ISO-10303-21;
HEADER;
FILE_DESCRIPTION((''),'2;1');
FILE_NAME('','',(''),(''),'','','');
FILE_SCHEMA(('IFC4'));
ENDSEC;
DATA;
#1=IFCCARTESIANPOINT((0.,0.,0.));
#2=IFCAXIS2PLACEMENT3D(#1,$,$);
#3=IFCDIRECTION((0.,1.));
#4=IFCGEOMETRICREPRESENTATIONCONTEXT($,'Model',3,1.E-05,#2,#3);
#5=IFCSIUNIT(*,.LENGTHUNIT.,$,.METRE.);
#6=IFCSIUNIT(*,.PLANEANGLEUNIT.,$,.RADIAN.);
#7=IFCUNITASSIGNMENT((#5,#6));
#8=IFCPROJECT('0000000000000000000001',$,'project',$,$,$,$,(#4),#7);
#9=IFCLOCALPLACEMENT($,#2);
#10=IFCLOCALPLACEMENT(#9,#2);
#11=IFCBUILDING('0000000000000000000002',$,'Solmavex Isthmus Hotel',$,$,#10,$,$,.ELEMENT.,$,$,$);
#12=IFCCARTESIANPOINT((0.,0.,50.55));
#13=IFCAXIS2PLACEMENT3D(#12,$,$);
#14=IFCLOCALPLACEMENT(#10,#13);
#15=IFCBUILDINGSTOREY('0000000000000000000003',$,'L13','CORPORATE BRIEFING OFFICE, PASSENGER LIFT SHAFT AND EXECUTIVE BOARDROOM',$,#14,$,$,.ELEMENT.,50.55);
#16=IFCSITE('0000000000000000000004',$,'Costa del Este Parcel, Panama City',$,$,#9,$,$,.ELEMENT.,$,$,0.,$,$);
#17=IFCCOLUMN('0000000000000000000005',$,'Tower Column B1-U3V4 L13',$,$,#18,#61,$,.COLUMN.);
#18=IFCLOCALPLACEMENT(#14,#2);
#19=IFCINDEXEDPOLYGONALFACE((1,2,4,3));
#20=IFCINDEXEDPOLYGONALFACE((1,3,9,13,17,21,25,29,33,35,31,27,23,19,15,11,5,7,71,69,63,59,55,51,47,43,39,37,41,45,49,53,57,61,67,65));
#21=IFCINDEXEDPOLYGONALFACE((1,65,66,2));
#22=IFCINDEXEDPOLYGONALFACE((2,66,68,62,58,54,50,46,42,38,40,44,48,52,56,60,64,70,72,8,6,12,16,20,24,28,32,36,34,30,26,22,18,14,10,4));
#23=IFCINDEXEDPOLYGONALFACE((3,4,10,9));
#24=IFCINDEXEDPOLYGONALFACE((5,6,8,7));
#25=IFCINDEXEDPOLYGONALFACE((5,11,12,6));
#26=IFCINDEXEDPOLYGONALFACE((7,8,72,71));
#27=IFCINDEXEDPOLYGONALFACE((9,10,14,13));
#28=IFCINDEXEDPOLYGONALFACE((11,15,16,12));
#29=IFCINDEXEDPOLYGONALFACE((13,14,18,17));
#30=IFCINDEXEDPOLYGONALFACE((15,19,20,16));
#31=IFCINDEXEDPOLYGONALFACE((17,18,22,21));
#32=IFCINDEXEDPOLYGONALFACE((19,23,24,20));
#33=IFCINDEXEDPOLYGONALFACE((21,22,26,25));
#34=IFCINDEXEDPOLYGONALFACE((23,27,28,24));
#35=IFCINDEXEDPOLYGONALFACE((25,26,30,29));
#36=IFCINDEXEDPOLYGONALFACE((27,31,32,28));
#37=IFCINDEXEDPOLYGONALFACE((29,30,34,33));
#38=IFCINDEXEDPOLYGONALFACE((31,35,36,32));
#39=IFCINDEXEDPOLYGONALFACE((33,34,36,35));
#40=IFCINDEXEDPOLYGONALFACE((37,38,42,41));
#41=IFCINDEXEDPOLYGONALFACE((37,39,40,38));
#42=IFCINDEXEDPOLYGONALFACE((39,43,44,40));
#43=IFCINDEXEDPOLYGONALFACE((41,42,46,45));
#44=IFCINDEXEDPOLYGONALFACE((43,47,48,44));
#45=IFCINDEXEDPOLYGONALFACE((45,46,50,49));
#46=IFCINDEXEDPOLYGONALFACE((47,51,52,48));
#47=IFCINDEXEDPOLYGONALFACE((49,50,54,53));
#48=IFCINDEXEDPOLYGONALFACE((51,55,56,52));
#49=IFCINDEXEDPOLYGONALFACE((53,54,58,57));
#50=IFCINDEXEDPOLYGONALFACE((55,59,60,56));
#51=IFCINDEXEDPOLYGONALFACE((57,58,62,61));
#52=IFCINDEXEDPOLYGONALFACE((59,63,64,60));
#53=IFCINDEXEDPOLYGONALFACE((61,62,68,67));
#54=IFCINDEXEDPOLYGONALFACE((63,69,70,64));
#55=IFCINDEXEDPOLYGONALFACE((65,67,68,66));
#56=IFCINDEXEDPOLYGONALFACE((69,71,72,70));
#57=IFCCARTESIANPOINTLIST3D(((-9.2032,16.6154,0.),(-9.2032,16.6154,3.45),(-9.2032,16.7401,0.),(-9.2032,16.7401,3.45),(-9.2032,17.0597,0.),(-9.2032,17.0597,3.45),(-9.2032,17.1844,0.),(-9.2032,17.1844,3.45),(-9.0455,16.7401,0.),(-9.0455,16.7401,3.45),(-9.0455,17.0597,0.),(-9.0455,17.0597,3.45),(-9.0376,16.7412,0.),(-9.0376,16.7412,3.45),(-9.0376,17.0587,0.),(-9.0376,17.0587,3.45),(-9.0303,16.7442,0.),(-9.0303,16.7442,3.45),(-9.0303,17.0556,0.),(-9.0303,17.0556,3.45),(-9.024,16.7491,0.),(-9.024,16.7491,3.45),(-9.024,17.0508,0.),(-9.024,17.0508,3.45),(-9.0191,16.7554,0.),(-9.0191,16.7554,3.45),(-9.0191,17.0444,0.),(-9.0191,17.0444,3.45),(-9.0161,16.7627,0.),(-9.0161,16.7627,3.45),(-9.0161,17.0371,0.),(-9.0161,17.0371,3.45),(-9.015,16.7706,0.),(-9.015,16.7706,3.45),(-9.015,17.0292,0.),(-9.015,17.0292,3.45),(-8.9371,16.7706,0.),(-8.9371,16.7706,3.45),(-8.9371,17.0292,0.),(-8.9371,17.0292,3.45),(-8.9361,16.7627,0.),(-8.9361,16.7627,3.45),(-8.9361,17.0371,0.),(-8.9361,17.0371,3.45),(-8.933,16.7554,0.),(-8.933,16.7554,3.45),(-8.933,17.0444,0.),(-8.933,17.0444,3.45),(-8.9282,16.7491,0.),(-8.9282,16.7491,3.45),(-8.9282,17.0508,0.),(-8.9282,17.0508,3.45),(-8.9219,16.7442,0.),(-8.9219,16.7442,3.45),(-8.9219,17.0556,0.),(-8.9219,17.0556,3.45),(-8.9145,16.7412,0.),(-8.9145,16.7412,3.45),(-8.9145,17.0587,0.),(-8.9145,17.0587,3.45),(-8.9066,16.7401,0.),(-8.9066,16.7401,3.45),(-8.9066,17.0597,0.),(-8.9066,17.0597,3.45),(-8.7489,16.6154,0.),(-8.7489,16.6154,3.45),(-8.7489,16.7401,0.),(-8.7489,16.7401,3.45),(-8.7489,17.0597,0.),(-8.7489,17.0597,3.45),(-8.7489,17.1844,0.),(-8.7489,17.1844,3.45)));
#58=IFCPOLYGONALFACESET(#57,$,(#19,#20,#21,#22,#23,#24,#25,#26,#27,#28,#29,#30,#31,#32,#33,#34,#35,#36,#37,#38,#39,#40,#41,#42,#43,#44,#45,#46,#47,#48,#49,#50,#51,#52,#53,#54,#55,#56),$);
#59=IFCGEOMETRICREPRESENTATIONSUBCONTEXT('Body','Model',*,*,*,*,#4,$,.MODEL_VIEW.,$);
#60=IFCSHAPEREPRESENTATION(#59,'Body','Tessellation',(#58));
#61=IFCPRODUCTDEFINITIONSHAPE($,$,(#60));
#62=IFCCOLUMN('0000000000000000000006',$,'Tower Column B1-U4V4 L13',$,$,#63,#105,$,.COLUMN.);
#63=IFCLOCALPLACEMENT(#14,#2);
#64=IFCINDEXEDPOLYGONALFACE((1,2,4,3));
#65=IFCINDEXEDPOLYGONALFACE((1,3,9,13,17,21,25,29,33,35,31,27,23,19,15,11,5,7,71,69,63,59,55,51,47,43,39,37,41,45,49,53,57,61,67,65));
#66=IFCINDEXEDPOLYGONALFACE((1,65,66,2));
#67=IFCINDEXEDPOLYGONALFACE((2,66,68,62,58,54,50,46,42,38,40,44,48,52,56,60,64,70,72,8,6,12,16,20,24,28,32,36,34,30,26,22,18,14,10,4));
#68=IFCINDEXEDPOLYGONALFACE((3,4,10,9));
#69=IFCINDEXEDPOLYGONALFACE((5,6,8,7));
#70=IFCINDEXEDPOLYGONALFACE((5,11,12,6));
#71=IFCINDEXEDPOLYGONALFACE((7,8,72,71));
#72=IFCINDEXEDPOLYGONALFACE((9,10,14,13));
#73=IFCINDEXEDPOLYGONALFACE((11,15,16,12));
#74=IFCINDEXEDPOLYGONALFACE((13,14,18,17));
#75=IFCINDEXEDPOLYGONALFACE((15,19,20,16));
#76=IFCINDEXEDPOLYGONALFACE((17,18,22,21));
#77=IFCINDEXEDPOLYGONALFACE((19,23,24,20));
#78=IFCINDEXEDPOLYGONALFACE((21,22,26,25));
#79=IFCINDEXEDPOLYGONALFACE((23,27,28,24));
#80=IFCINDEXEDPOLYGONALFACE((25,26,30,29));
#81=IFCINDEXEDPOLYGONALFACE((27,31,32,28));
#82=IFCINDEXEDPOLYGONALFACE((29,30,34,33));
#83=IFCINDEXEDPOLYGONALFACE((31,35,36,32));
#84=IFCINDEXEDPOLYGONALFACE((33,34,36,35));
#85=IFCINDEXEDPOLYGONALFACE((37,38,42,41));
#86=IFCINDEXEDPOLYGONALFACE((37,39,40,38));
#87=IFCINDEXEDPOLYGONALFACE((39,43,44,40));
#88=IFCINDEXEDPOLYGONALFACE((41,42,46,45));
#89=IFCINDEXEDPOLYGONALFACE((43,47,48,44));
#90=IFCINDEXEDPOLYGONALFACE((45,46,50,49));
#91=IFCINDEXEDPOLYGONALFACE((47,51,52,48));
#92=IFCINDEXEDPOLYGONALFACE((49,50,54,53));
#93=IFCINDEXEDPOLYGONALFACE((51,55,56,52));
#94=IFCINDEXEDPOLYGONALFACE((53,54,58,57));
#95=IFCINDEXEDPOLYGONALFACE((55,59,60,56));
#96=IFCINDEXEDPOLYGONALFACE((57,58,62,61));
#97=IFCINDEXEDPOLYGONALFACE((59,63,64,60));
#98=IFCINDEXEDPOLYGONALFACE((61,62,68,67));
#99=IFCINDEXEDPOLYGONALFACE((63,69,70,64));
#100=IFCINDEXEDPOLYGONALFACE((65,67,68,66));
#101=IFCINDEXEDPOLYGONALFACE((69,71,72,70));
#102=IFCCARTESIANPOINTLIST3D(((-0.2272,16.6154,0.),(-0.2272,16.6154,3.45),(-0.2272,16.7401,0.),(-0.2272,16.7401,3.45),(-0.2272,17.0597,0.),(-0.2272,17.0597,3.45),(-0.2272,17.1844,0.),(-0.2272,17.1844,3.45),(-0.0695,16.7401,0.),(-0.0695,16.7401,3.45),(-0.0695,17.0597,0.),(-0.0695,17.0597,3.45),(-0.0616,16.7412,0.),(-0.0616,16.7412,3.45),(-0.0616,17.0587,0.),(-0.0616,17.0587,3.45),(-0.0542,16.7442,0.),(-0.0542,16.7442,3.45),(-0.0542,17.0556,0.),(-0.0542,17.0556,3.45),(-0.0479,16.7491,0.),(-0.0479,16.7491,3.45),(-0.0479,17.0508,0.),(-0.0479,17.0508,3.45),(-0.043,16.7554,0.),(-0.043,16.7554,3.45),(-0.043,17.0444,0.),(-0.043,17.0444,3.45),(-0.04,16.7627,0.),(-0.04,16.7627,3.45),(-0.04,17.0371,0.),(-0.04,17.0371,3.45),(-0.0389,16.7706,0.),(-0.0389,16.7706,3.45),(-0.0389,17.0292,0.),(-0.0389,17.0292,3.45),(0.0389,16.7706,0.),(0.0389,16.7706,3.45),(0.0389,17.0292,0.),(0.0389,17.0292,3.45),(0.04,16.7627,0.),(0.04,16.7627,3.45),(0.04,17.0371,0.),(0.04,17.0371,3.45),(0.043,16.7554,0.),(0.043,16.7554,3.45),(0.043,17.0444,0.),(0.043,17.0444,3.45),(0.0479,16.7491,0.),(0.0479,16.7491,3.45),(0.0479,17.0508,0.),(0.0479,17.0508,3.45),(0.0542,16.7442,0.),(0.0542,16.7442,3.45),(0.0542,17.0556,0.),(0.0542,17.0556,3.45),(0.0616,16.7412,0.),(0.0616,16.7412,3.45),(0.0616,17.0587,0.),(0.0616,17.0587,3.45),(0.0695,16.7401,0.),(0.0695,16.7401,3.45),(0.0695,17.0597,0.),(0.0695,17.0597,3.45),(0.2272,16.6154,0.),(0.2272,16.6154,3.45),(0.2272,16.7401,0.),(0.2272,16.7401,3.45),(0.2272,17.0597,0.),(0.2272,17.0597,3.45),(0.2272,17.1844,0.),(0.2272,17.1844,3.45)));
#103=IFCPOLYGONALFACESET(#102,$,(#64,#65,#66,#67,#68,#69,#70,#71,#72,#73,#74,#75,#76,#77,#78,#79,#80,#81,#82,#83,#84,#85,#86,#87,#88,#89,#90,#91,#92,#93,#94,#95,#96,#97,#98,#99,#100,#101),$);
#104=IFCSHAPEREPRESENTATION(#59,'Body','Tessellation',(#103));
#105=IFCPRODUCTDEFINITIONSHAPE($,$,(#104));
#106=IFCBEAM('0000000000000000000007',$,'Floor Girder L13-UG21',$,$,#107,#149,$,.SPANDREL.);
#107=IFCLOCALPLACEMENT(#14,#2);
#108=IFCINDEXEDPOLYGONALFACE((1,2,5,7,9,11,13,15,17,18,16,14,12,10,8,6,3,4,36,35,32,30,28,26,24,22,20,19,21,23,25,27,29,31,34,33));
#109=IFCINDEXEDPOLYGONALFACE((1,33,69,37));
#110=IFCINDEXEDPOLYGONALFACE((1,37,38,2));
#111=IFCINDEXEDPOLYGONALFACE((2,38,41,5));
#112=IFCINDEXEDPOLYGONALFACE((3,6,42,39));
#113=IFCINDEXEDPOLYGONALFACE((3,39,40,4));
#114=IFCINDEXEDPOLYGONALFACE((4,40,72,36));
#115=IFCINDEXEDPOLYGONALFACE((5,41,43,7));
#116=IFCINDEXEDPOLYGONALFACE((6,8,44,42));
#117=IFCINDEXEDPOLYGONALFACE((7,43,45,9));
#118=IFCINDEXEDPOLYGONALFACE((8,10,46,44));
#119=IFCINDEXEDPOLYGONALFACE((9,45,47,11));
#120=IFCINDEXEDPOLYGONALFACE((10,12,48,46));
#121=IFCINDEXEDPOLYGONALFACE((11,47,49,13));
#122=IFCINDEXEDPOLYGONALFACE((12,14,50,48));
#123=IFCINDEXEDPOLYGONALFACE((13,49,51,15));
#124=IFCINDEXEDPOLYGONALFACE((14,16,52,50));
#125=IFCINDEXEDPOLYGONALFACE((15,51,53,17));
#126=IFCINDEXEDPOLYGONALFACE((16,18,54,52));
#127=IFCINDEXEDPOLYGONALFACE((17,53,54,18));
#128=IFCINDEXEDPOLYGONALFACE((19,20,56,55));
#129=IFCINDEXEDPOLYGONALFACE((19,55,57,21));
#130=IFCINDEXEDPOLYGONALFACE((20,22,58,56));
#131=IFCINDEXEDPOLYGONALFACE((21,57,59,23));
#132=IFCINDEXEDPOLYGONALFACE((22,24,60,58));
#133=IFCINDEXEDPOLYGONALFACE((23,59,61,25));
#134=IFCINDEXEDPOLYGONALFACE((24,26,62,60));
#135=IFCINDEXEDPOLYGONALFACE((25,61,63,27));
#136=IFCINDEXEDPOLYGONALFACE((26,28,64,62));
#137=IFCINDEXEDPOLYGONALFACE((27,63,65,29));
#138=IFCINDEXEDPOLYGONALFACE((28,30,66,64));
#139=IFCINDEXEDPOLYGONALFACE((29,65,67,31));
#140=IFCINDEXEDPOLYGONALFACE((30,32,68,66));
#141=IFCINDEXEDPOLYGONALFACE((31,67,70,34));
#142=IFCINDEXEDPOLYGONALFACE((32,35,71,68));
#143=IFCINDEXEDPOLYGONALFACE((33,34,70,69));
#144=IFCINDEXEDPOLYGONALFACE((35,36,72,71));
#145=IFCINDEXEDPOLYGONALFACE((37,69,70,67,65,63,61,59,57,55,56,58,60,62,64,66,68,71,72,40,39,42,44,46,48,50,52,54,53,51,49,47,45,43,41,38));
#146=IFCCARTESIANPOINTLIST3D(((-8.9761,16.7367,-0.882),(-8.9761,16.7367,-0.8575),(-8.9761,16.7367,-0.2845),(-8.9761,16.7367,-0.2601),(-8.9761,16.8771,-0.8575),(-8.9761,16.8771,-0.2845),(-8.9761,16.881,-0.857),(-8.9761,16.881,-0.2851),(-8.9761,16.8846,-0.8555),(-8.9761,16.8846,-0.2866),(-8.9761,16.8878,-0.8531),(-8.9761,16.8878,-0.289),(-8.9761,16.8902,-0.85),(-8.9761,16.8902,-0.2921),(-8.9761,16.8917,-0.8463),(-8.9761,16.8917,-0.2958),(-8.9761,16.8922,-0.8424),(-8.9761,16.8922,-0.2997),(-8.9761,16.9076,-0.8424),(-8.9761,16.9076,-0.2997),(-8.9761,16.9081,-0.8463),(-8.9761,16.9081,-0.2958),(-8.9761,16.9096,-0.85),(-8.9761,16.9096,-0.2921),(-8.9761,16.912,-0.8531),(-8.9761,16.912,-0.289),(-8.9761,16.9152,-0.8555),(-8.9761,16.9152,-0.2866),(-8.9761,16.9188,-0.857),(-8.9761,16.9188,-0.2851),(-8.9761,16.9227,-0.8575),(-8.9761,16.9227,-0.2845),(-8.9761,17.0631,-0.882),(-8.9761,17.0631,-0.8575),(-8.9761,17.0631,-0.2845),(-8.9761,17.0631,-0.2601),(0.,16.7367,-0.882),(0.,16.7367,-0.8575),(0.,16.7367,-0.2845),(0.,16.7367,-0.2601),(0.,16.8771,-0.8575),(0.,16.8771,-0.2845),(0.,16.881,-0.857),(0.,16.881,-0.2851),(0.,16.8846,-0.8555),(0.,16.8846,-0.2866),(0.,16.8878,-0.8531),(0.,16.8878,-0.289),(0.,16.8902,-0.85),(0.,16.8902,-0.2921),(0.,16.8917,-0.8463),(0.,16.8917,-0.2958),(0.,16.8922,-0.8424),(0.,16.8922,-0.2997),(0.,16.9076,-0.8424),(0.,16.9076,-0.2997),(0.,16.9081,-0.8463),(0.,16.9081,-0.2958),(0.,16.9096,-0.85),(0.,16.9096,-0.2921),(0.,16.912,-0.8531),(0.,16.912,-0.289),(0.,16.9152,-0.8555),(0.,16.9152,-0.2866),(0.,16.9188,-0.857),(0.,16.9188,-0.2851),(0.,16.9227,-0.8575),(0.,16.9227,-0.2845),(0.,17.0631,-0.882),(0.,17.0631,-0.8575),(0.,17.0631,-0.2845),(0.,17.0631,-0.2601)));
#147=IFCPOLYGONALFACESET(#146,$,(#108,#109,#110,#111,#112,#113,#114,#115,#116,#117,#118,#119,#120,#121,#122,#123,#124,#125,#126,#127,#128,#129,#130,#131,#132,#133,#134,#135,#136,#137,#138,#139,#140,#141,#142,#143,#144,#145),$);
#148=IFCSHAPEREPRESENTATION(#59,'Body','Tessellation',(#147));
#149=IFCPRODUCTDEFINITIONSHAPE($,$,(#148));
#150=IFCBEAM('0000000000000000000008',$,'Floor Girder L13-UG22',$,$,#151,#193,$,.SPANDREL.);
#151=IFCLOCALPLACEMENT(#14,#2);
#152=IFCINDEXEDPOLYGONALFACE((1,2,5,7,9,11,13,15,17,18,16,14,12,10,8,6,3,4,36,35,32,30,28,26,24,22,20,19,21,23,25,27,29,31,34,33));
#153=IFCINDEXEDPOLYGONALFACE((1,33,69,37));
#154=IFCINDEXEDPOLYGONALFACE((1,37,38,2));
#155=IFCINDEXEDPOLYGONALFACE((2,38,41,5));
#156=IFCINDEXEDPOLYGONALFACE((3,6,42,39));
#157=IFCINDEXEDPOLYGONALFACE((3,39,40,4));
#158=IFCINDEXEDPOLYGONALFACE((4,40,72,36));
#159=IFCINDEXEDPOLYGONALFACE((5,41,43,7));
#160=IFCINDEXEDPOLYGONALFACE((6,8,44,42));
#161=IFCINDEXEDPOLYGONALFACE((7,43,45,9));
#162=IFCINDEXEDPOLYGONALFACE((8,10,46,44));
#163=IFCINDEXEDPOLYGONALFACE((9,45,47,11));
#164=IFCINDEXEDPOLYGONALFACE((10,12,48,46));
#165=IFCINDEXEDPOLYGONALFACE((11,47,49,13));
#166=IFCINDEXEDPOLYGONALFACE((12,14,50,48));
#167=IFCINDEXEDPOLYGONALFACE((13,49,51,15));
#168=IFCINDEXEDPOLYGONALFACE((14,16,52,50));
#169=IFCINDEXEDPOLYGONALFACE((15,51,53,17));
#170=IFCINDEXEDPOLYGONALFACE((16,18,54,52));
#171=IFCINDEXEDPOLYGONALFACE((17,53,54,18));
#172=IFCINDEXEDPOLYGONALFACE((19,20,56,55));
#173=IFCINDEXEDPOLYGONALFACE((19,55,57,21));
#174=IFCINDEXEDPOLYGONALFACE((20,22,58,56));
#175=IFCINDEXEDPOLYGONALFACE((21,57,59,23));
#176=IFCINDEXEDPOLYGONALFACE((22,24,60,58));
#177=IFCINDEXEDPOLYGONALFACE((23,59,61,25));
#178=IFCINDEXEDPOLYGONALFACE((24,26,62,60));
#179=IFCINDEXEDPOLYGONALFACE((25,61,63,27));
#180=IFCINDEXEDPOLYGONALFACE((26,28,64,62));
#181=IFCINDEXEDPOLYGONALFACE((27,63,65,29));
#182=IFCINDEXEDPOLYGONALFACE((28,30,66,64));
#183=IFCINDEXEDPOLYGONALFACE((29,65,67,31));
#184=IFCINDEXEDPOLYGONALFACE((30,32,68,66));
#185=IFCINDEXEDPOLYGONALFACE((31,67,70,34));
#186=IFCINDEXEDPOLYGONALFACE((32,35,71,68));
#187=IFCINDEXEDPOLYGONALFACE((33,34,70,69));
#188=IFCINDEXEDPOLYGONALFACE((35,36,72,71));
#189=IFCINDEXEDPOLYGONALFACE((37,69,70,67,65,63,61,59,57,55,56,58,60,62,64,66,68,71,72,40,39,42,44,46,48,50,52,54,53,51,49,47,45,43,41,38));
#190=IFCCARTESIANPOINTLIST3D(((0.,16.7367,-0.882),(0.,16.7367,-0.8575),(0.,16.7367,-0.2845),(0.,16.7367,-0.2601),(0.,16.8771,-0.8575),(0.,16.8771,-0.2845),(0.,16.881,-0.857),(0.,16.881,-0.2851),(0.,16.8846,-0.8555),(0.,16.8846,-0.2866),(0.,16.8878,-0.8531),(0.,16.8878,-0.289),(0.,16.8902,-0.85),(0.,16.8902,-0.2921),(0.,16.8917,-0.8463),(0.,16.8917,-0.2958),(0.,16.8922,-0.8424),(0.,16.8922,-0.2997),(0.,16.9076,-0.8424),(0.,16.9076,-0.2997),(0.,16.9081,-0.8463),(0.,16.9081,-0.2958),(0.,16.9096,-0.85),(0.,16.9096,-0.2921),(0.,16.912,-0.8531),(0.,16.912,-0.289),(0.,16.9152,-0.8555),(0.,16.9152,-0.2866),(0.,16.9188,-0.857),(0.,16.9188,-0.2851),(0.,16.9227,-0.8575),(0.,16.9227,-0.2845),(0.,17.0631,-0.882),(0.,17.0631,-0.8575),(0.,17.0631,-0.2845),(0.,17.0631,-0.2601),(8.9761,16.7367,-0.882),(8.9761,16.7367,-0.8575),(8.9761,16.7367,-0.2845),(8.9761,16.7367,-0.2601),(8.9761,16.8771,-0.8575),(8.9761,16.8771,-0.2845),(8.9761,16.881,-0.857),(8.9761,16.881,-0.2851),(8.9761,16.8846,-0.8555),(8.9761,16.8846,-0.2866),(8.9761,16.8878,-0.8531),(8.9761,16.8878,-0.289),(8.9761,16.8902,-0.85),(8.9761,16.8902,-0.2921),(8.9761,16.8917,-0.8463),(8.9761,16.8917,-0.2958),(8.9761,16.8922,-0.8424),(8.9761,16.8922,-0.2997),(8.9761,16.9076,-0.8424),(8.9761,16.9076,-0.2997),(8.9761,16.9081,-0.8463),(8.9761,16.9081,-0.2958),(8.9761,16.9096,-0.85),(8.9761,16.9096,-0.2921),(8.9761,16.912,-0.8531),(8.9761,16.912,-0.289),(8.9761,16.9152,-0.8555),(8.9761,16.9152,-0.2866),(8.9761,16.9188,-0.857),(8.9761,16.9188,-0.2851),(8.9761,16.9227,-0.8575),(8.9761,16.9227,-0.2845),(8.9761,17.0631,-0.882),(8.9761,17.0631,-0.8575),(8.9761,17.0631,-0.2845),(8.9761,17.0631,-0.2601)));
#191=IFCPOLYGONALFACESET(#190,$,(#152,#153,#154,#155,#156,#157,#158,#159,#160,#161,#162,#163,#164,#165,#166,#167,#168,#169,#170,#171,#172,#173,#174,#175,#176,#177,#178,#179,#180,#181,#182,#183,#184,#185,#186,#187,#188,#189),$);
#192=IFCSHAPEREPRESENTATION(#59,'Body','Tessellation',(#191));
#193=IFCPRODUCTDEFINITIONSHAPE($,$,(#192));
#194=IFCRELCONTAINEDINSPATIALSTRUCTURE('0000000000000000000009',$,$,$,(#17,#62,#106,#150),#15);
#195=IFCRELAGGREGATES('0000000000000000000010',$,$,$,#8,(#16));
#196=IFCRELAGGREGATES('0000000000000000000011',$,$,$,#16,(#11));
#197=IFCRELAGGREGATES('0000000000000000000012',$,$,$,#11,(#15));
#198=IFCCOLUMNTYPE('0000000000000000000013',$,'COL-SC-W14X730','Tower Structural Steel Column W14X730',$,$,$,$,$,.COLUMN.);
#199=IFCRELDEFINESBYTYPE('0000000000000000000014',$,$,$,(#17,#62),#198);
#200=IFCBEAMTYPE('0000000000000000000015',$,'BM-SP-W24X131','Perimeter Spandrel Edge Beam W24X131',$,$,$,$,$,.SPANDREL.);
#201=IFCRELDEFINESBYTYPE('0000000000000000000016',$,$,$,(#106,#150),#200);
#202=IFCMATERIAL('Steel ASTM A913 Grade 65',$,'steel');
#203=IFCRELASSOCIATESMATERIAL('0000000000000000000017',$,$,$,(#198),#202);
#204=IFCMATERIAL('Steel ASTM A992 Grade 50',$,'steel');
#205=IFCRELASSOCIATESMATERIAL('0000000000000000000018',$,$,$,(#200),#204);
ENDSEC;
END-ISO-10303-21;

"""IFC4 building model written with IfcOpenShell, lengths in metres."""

from ifc_helpers import new_model, si_unit, direction, frame, origin, origin_2d, place, context, subcontext, project, spatial, i_section, extrude, material, material_profile, profile_set, type_object, element, save


model = new_model("IFC4")

# Units and contexts
model_context = context("Model", 3, precision=1e-05, world=origin(), true_north=direction((0.0, 1.0)))
body_context = subcontext(model_context, "Body", "Model", "MODEL_VIEW")
ifc_project = project(units=[si_unit("LENGTHUNIT", "METRE"), si_unit("PLANEANGLEUNIT", "RADIAN")], contexts=[model_context])

# Site, building, storey
site_placement = place(None, origin())
site = spatial("IfcSite", under=ifc_project, at=site_placement, Name="Costa del Este Parcel, Panama City", CompositionType="ELEMENT", RefElevation=0.0)
building_placement = place(site_placement, origin())
building = spatial("IfcBuilding", under=site, at=building_placement, Name="Solmavex Isthmus Hotel", CompositionType="ELEMENT")
storey_placement = place(building_placement, frame((0.0, 0.0, 50.55)))
storey = spatial("IfcBuildingStorey", under=building, at=storey_placement, Name="L13", Description="CORPORATE BRIEFING OFFICE, PASSENGER LIFT SHAFT AND EXECUTIVE BOARDROOM", CompositionType="ELEMENT", Elevation=50.55)

# Columns
ifc_material_1 = material(Name="Steel ASTM A913 Grade 65", Category="steel")
ifc_material_profile_1 = material_profile(ifc_material_1, i_section(OverallWidth=0.4543, OverallDepth=0.5691, WebThickness=0.0779, FlangeThickness=0.1248, FilletRadius=0.0305, at=origin_2d()), Name="W14X730")
ifc_profile_set_1 = profile_set([ifc_material_profile_1], Name="Steel ASTM A913 Grade 65")
column_type = type_object("IfcColumnType", Name="COL-SC-W14X730", Description="Tower Structural Steel Column W14X730", PredefinedType="COLUMN", material=ifc_profile_set_1)
for number, where, z_axis, x_axis, name in (
    (1, (-8.9761, 16.8999, 0.0), (0.0, 0.0, 1.0), (1.0, 0.0, 0.0), "Tower Column B1-U3V4 L13"),
    (2, (0.0, 16.8999, 0.0), (0.0, 0.0, 1.0), (1.0, 0.0, 0.0), "Tower Column B1-U4V4 L13"),
):
    element("IfcColumn", number, at=place(storey_placement, frame(where, z_axis=z_axis, x_axis=x_axis)), inside=storey, type_object=column_type, Name=name, PredefinedType="COLUMN", context=body_context, shape_type="SweptSolid", body=[
        extrude(i_section(OverallWidth=0.4543, OverallDepth=0.5691, WebThickness=0.0779, FlangeThickness=0.1248, FilletRadius=0.0305, at=origin_2d()), origin(), (0.0, 0.0, 1.0), 3.45),
    ])

# Beams
ifc_material_2 = material(Name="Steel ASTM A992 Grade 50", Category="steel")
ifc_material_profile_2 = material_profile(ifc_material_2, i_section(OverallWidth=0.3264, OverallDepth=0.6218, WebThickness=0.0154, FlangeThickness=0.0244, FilletRadius=0.0151, at=origin_2d()), Name="W24X131")
ifc_profile_set_2 = profile_set([ifc_material_profile_2], Name="Steel ASTM A992 Grade 50")
beam_type = type_object("IfcBeamType", Name="BM-SP-W24X131", Description="Perimeter Spandrel Edge Beam W24X131", PredefinedType="SPANDREL", material=ifc_profile_set_2)
for number, where, z_axis, x_axis, name in (
    (3, (-8.9761, 16.8999, -0.571), (1.0, 0.0, 0.0), (0.0, 1.0, 0.0), "Floor Girder L13-UG21"),
    (4, (0.0, 16.8999, -0.571), (1.0, 0.0, 0.0), (0.0, 1.0, 0.0), "Floor Girder L13-UG22"),
):
    element("IfcBeam", number, at=place(storey_placement, frame(where, z_axis=z_axis, x_axis=x_axis)), inside=storey, type_object=beam_type, Name=name, PredefinedType="SPANDREL", context=body_context, shape_type="SweptSolid", body=[
        extrude(i_section(OverallWidth=0.3264, OverallDepth=0.6218, WebThickness=0.0154, FlangeThickness=0.0244, FilletRadius=0.0151, at=origin_2d()), origin(), (0.0, 0.0, 1.0), 8.9761),
    ])

save(model, "model.ifc")
